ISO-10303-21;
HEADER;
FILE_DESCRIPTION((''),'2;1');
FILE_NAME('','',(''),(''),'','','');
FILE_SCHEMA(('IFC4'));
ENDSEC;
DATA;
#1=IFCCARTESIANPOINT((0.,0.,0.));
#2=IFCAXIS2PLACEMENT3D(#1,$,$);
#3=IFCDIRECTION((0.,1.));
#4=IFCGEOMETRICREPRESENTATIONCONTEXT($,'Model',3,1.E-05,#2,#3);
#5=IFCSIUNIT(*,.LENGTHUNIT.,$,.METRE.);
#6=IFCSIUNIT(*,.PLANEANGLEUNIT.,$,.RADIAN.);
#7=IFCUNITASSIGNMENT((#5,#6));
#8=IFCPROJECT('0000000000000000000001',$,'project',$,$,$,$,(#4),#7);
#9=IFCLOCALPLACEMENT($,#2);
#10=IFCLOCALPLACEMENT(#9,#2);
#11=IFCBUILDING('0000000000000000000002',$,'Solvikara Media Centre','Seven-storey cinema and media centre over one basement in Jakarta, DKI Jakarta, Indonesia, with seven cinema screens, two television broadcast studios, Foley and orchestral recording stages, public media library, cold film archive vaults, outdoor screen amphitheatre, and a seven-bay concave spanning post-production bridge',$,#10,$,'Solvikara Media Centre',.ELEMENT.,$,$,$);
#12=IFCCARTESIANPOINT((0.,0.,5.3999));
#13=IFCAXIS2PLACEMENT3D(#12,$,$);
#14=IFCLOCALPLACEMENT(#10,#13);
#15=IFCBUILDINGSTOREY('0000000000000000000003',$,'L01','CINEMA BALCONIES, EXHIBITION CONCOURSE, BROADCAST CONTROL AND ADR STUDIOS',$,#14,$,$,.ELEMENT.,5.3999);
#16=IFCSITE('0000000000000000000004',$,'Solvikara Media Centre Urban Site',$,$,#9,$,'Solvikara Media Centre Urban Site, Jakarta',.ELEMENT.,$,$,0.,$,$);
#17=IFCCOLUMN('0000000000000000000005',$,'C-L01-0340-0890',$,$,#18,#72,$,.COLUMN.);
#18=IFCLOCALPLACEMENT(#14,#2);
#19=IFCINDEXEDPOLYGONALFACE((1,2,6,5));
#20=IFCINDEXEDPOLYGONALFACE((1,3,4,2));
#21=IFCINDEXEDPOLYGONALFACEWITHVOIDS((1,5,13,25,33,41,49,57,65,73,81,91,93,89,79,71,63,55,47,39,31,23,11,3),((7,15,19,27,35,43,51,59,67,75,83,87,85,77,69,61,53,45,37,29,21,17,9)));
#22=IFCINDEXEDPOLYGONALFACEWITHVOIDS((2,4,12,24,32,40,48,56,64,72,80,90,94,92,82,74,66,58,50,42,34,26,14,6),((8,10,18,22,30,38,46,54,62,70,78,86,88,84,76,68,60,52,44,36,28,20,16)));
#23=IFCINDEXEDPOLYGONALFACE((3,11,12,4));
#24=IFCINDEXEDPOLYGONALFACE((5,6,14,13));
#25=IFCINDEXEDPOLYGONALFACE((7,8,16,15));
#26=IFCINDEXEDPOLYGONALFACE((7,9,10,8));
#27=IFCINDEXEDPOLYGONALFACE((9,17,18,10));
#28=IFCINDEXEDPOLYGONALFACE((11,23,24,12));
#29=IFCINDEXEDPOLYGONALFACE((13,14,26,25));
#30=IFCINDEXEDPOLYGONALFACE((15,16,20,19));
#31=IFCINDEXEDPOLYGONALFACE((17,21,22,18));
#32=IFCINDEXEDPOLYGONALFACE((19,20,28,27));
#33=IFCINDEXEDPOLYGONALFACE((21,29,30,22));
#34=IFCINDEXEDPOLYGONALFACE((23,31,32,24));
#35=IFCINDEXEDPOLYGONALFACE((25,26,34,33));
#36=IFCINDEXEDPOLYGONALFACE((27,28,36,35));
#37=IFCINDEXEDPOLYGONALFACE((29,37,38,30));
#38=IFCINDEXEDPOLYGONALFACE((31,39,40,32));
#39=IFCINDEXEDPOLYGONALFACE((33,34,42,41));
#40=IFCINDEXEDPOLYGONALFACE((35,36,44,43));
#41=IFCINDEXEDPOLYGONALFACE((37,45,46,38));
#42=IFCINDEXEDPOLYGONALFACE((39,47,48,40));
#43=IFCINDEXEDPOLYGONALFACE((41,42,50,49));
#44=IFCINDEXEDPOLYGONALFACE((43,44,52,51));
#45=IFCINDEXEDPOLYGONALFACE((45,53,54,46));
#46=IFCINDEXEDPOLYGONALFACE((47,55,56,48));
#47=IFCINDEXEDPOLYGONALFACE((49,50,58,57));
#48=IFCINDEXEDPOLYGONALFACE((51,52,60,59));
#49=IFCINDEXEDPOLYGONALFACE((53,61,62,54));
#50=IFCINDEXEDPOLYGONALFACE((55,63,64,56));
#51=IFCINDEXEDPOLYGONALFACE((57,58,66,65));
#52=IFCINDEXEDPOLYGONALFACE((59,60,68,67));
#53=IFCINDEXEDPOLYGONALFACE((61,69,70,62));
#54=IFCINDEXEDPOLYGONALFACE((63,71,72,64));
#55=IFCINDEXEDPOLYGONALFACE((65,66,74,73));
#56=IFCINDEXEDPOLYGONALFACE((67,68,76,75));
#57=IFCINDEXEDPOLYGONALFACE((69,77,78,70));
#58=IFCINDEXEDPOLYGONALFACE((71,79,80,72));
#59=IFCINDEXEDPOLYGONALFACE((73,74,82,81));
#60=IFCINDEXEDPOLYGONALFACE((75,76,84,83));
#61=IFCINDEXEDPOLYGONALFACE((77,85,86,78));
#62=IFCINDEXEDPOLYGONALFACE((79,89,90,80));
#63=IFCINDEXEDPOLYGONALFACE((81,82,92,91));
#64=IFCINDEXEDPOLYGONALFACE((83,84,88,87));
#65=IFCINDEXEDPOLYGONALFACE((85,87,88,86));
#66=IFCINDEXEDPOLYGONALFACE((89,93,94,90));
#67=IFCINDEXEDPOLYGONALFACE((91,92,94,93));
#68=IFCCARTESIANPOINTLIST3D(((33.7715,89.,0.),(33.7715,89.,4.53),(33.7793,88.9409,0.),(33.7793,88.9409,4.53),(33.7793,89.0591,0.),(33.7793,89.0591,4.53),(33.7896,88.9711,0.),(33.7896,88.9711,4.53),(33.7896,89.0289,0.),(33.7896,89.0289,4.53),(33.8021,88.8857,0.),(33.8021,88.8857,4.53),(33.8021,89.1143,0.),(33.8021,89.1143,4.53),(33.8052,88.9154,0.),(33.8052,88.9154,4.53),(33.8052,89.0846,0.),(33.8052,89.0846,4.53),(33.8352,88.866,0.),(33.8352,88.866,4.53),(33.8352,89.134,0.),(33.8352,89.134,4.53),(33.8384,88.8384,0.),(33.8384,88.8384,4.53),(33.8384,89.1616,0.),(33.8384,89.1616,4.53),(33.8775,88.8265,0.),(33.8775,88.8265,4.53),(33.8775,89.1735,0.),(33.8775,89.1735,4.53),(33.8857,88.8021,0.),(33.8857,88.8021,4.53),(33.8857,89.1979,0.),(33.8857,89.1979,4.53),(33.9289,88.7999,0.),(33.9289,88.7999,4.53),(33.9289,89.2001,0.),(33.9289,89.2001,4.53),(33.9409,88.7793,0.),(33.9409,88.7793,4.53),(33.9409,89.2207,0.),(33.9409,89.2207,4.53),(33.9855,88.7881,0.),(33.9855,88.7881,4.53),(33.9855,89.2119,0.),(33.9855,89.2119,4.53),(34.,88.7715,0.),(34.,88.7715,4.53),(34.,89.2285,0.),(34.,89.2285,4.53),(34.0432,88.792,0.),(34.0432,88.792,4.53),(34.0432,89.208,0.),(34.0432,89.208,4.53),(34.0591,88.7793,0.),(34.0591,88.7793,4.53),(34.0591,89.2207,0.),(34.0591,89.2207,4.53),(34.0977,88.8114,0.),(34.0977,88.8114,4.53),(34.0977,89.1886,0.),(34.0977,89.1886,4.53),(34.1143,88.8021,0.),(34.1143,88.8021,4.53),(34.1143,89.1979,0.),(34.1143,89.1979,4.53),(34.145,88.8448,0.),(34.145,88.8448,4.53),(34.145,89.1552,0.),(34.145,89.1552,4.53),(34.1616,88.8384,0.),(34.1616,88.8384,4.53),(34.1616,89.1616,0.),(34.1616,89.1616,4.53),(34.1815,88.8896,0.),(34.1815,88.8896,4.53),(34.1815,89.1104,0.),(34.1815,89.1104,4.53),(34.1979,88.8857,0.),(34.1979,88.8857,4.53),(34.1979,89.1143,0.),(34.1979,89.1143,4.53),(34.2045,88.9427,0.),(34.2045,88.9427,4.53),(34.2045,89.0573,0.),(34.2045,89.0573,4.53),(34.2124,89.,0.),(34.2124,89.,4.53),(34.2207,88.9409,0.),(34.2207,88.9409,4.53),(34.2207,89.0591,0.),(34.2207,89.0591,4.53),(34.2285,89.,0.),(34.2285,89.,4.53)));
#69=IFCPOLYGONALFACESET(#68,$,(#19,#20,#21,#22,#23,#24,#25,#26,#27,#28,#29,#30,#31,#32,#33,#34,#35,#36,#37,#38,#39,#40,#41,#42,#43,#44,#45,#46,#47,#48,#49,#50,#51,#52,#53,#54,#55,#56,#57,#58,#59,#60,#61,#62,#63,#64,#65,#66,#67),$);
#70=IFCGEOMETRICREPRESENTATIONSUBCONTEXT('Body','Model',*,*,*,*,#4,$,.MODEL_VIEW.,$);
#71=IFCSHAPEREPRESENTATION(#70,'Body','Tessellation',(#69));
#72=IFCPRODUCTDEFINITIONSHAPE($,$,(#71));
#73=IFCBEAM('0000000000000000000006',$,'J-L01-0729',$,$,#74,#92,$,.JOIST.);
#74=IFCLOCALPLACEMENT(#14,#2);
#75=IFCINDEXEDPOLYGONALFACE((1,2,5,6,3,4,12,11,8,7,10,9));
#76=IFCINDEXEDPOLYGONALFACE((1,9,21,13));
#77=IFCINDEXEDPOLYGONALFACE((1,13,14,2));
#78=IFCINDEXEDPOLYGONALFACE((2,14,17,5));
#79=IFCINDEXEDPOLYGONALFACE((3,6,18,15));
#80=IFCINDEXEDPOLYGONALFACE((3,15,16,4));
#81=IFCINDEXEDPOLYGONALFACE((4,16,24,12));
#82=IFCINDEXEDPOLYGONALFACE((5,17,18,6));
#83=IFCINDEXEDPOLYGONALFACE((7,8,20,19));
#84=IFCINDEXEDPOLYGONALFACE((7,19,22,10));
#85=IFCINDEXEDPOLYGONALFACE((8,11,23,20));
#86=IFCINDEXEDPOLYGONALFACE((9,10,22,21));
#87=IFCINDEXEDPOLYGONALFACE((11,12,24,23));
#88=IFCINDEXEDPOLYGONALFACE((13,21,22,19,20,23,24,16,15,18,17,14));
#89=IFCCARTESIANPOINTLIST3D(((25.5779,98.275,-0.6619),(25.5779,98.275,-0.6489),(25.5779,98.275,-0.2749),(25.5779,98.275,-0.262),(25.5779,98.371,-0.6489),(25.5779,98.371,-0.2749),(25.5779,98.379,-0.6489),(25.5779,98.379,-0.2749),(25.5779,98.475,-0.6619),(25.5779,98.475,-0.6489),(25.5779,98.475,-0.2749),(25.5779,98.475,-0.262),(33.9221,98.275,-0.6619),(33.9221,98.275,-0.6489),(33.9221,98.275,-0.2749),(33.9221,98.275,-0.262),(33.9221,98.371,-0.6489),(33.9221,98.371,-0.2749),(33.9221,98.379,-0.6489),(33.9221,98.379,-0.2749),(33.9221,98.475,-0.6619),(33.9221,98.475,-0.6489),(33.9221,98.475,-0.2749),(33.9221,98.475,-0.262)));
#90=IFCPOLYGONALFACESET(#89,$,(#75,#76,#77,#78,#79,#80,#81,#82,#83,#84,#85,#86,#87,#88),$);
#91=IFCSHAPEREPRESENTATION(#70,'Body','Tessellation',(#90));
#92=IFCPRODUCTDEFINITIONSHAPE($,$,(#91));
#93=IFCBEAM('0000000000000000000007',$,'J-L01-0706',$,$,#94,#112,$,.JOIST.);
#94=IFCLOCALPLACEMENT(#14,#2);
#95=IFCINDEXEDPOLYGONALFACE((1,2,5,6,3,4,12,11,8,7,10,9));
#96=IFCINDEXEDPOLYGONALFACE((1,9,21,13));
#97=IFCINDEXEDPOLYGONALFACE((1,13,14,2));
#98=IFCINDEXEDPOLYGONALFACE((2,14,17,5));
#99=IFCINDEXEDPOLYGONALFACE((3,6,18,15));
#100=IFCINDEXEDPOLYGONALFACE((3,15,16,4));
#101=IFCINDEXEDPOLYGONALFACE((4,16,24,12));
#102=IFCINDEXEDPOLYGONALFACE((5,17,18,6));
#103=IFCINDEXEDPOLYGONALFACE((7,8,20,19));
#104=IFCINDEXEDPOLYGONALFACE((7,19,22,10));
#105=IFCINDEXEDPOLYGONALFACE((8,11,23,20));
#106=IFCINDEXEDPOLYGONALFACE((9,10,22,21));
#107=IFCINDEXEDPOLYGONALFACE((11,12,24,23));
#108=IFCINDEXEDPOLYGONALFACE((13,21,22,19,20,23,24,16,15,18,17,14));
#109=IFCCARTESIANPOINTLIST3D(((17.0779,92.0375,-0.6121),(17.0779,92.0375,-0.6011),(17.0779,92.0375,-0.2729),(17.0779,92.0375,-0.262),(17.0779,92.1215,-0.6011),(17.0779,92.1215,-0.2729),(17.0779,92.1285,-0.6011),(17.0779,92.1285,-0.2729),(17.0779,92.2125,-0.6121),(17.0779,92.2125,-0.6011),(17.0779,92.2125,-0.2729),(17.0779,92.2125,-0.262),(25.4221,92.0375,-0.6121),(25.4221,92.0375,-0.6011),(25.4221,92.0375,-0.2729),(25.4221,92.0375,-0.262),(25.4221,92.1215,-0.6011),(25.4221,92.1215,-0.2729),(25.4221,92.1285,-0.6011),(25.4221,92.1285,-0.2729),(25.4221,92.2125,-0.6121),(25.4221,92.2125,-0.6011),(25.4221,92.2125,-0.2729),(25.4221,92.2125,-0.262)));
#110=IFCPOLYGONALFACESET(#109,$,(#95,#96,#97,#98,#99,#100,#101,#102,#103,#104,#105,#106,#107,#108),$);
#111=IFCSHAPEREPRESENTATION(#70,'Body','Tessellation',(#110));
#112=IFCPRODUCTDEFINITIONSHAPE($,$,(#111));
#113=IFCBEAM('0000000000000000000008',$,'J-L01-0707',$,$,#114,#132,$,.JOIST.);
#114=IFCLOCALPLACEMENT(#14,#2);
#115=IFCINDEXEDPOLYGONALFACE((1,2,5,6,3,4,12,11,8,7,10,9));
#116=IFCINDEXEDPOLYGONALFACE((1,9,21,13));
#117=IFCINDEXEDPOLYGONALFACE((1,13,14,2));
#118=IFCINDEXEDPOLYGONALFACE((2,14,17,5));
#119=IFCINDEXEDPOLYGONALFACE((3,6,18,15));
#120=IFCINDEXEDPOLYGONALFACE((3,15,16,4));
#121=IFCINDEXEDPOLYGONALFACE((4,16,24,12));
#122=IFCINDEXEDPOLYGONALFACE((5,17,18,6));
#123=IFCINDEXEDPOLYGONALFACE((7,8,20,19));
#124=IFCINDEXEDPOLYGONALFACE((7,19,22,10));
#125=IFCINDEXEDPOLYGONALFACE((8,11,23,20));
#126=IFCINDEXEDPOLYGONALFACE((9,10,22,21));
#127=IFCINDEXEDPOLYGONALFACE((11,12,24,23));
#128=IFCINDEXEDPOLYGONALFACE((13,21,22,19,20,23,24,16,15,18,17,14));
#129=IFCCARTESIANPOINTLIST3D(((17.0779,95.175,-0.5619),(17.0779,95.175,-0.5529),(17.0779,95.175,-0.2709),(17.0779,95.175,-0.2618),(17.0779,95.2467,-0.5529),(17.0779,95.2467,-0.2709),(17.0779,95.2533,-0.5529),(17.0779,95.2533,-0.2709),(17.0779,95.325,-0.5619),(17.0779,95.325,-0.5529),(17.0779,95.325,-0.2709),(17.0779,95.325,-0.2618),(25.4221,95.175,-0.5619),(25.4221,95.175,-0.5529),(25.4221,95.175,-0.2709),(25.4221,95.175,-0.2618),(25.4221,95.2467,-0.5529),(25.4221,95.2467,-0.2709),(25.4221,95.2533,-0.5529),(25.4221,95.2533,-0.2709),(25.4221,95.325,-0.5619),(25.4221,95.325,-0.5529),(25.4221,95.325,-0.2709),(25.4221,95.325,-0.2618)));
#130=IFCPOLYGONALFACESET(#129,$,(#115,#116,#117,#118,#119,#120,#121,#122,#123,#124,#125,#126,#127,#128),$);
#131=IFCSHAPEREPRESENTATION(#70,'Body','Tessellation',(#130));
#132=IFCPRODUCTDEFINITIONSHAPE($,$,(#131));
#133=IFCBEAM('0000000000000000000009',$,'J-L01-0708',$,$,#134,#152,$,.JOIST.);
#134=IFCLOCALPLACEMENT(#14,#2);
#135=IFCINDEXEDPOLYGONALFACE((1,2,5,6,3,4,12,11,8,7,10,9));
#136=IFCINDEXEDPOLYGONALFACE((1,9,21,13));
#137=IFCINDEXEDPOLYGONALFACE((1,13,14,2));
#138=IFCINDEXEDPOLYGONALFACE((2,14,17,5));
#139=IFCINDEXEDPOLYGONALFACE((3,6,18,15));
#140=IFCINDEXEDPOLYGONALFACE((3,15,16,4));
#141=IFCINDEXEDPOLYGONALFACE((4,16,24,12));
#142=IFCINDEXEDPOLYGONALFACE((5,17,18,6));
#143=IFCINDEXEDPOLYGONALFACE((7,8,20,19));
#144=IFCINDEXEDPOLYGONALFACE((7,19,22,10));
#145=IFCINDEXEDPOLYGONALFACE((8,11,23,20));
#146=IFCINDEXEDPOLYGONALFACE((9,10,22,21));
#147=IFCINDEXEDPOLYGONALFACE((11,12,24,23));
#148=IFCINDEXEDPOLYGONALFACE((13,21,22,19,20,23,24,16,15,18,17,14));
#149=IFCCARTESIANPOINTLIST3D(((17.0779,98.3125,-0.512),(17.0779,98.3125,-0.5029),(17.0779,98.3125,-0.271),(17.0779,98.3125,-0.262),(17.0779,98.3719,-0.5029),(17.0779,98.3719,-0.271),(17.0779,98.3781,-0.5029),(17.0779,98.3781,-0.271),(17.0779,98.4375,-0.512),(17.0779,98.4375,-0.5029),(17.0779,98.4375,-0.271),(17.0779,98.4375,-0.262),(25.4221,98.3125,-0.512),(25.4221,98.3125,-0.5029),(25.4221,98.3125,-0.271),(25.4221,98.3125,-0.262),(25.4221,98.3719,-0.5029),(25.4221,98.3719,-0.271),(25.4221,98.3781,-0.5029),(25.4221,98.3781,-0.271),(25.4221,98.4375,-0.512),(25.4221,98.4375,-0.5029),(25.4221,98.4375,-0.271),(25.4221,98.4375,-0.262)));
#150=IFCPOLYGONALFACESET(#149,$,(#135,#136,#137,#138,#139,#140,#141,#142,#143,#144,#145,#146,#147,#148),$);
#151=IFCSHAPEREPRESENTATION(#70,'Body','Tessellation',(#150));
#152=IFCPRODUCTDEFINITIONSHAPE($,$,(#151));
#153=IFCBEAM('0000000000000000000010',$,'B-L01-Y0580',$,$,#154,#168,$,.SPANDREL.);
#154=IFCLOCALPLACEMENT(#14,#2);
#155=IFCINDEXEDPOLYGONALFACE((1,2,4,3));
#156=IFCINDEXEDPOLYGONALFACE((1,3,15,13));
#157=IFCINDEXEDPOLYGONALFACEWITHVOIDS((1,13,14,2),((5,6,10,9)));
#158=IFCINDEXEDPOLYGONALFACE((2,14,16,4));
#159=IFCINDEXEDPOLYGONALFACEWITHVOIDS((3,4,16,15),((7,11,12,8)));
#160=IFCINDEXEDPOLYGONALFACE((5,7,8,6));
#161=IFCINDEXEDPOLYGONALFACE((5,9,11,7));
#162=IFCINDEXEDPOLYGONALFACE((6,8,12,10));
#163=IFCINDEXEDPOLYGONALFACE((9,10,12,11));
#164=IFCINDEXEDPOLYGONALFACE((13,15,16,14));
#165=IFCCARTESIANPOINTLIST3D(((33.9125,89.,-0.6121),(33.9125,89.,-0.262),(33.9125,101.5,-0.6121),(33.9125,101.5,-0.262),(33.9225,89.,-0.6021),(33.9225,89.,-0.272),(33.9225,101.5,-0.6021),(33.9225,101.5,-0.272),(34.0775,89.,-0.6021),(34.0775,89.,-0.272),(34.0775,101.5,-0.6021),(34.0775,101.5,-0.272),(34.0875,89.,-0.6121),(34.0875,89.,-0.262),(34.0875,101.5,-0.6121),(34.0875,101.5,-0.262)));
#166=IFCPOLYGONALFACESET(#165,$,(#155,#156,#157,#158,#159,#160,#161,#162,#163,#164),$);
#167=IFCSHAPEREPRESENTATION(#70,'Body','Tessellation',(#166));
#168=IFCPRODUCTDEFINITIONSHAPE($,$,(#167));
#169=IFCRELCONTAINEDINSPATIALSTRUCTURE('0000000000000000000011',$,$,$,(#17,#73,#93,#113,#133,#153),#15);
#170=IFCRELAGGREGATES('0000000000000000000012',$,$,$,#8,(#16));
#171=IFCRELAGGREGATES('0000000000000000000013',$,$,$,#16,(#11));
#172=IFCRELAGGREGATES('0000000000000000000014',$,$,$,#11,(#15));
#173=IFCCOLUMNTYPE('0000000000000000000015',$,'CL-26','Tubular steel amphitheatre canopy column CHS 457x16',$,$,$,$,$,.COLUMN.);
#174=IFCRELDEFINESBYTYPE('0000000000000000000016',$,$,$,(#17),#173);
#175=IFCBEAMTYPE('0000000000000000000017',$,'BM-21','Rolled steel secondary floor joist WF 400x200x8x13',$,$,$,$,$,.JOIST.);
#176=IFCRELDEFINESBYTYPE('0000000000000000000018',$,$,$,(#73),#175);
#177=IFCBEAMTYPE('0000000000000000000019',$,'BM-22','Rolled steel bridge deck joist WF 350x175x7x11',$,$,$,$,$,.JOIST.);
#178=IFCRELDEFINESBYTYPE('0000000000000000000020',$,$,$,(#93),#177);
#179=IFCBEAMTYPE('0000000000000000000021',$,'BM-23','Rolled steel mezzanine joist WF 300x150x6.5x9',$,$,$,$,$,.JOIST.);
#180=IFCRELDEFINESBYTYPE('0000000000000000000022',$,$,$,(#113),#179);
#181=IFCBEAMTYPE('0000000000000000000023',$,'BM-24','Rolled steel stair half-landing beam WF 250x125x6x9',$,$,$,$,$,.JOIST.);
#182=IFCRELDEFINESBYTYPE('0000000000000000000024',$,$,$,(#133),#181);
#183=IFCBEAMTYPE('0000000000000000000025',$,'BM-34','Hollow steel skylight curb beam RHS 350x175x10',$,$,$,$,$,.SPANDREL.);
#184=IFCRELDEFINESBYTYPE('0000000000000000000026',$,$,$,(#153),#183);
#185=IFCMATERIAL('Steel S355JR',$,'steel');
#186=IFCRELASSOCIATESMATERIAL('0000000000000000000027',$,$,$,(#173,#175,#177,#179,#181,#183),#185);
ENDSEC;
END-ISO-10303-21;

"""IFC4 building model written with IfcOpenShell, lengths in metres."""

from ifc_helpers import new_model, si_unit, direction, frame, origin, origin_2d, place, context, subcontext, project, spatial, hollow_rectangle, hollow_circle, i_section, extrude, material, material_profile, profile_set, type_object, element, save


model = new_model("IFC4")

# Units and contexts
model_context = context("Model", 3, precision=1e-05, world=origin(), true_north=direction((0.0, 1.0)))
body_context = subcontext(model_context, "Body", "Model", "MODEL_VIEW")
ifc_project = project(units=[si_unit("LENGTHUNIT", "METRE"), si_unit("PLANEANGLEUNIT", "RADIAN")], contexts=[model_context])

# Site, building, storey
site_placement = place(None, origin())
site = spatial("IfcSite", under=ifc_project, at=site_placement, Name="Solvikara Media Centre Urban Site", LongName="Solvikara Media Centre Urban Site, Jakarta", CompositionType="ELEMENT", RefElevation=0.0)
building_placement = place(site_placement, origin())
building = spatial("IfcBuilding", under=site, at=building_placement, Name="Solvikara Media Centre", Description="Seven-storey cinema and media centre over one basement in Jakarta, DKI Jakarta, Indonesia, with seven cinema screens, two television broadcast studios, Foley and orchestral recording stages, public media library, cold film archive vaults, outdoor screen amphitheatre, and a seven-bay concave spanning post-production bridge", LongName="Solvikara Media Centre", CompositionType="ELEMENT")
storey_placement = place(building_placement, frame((0.0, 0.0, 5.3999)))
storey = spatial("IfcBuildingStorey", under=building, at=storey_placement, Name="L01", Description="CINEMA BALCONIES, EXHIBITION CONCOURSE, BROADCAST CONTROL AND ADR STUDIOS", CompositionType="ELEMENT", Elevation=5.3999)

# Column
ifc_material_1 = material(Name="Steel S355JR", Category="steel")
ifc_material_profile_1 = material_profile(ifc_material_1, hollow_circle(Radius=0.2285, WallThickness=0.0161, at=origin_2d()), Name="CHS 457x16")
ifc_profile_set_1 = profile_set([ifc_material_profile_1], Name="Steel S355JR")
column_type = type_object("IfcColumnType", Name="CL-26", Description="Tubular steel amphitheatre canopy column CHS 457x16", PredefinedType="COLUMN", material=ifc_profile_set_1)
column_placement = place(storey_placement, frame((34.0, 89.0, 0.0), z_axis=(0.0, 0.0, 1.0), x_axis=(1.0, 0.0, 0.0)))
element("IfcColumn", 1, at=column_placement, inside=storey, type_object=column_type, Name="C-L01-0340-0890", PredefinedType="COLUMN", context=body_context, shape_type="SweptSolid", body=[
    extrude(hollow_circle(Radius=0.2285, WallThickness=0.0161, at=origin_2d()), origin(), (0.0, 0.0, 1.0), 4.53),
])

# Beams
ifc_material_profile_2 = material_profile(ifc_material_1, i_section(OverallWidth=0.2, OverallDepth=0.3999, WebThickness=0.0081, FlangeThickness=0.0129, at=origin_2d()), Name="WF 400x200x8x13")
ifc_profile_set_2 = profile_set([ifc_material_profile_2], Name="Steel S355JR")
beam_type_1 = type_object("IfcBeamType", Name="BM-21", Description="Rolled steel secondary floor joist WF 400x200x8x13", PredefinedType="JOIST", material=ifc_profile_set_2)
beam_1_placement = place(storey_placement, frame((25.5779, 98.375, -0.4619), z_axis=(1.0, 0.0, 0.0), x_axis=(0.0, 1.0, 0.0)))
element("IfcBeam", 2, at=beam_1_placement, inside=storey, type_object=beam_type_1, Name="J-L01-0729", PredefinedType="JOIST", context=body_context, shape_type="SweptSolid", body=[
    extrude(i_section(OverallWidth=0.2, OverallDepth=0.3999, WebThickness=0.0081, FlangeThickness=0.0129, at=origin_2d()), origin(), (0.0, 0.0, 1.0), 8.3442),
])
ifc_material_profile_3 = material_profile(ifc_material_1, i_section(OverallWidth=0.175, OverallDepth=0.3501, WebThickness=0.0071, FlangeThickness=0.011, at=origin_2d()), Name="WF 350x175x7x11")
ifc_profile_set_3 = profile_set([ifc_material_profile_3], Name="Steel S355JR")
beam_type_2 = type_object("IfcBeamType", Name="BM-22", Description="Rolled steel bridge deck joist WF 350x175x7x11", PredefinedType="JOIST", material=ifc_profile_set_3)
beam_2_placement = place(storey_placement, frame((17.0779, 92.125, -0.437), z_axis=(1.0, 0.0, 0.0), x_axis=(0.0, 1.0, 0.0)))
element("IfcBeam", 3, at=beam_2_placement, inside=storey, type_object=beam_type_2, Name="J-L01-0706", PredefinedType="JOIST", context=body_context, shape_type="SweptSolid", body=[
    extrude(i_section(OverallWidth=0.175, OverallDepth=0.3501, WebThickness=0.0071, FlangeThickness=0.011, at=origin_2d()), origin(), (0.0, 0.0, 1.0), 8.3442),
])
ifc_material_profile_4 = material_profile(ifc_material_1, i_section(OverallWidth=0.1499, OverallDepth=0.3, WebThickness=0.0066, FlangeThickness=0.009, at=origin_2d()), Name="WF 300x150x6.5x9")
ifc_profile_set_4 = profile_set([ifc_material_profile_4], Name="Steel S355JR")
beam_type_3 = type_object("IfcBeamType", Name="BM-23", Description="Rolled steel mezzanine joist WF 300x150x6.5x9", PredefinedType="JOIST", material=ifc_profile_set_4)
beam_3_placement = place(storey_placement, frame((17.0779, 95.25, -0.4119), z_axis=(1.0, 0.0, 0.0), x_axis=(0.0, 1.0, 0.0)))
element("IfcBeam", 4, at=beam_3_placement, inside=storey, type_object=beam_type_3, Name="J-L01-0707", PredefinedType="JOIST", context=body_context, shape_type="SweptSolid", body=[
    extrude(i_section(OverallWidth=0.1499, OverallDepth=0.3, WebThickness=0.0066, FlangeThickness=0.009, at=origin_2d()), origin(), (0.0, 0.0, 1.0), 8.3442),
])
ifc_material_profile_5 = material_profile(ifc_material_1, i_section(OverallWidth=0.125, OverallDepth=0.25, WebThickness=0.0061, FlangeThickness=0.009, at=origin_2d()), Name="WF 250x125x6x9")
ifc_profile_set_5 = profile_set([ifc_material_profile_5], Name="Steel S355JR")
beam_type_4 = type_object("IfcBeamType", Name="BM-24", Description="Rolled steel stair half-landing beam WF 250x125x6x9", PredefinedType="JOIST", material=ifc_profile_set_5)
beam_4_placement = place(storey_placement, frame((17.0779, 98.375, -0.387), z_axis=(1.0, 0.0, 0.0), x_axis=(0.0, 1.0, 0.0)))
element("IfcBeam", 5, at=beam_4_placement, inside=storey, type_object=beam_type_4, Name="J-L01-0708", PredefinedType="JOIST", context=body_context, shape_type="SweptSolid", body=[
    extrude(i_section(OverallWidth=0.125, OverallDepth=0.25, WebThickness=0.0061, FlangeThickness=0.009, at=origin_2d()), origin(), (0.0, 0.0, 1.0), 8.3442),
])
ifc_material_profile_6 = material_profile(ifc_material_1, hollow_rectangle(XDim=0.175, YDim=0.3501, WallThickness=0.01, at=origin_2d()), Name="RHS 350x175x10")
ifc_profile_set_6 = profile_set([ifc_material_profile_6], Name="Steel S355JR")
beam_type_5 = type_object("IfcBeamType", Name="BM-34", Description="Hollow steel skylight curb beam RHS 350x175x10", PredefinedType="SPANDREL", material=ifc_profile_set_6)
beam_5_placement = place(storey_placement, frame((34.0, 89.0, -0.437), z_axis=(0.0, 1.0, 0.0), x_axis=(-1.0, 0.0, 0.0)))
element("IfcBeam", 6, at=beam_5_placement, inside=storey, type_object=beam_type_5, Name="B-L01-Y0580", PredefinedType="SPANDREL", context=body_context, shape_type="SweptSolid", body=[
    extrude(hollow_rectangle(XDim=0.175, YDim=0.3501, WallThickness=0.01, at=origin_2d()), origin(), (0.0, 0.0, 1.0), 12.5),
])

save(model, "model.ifc")
